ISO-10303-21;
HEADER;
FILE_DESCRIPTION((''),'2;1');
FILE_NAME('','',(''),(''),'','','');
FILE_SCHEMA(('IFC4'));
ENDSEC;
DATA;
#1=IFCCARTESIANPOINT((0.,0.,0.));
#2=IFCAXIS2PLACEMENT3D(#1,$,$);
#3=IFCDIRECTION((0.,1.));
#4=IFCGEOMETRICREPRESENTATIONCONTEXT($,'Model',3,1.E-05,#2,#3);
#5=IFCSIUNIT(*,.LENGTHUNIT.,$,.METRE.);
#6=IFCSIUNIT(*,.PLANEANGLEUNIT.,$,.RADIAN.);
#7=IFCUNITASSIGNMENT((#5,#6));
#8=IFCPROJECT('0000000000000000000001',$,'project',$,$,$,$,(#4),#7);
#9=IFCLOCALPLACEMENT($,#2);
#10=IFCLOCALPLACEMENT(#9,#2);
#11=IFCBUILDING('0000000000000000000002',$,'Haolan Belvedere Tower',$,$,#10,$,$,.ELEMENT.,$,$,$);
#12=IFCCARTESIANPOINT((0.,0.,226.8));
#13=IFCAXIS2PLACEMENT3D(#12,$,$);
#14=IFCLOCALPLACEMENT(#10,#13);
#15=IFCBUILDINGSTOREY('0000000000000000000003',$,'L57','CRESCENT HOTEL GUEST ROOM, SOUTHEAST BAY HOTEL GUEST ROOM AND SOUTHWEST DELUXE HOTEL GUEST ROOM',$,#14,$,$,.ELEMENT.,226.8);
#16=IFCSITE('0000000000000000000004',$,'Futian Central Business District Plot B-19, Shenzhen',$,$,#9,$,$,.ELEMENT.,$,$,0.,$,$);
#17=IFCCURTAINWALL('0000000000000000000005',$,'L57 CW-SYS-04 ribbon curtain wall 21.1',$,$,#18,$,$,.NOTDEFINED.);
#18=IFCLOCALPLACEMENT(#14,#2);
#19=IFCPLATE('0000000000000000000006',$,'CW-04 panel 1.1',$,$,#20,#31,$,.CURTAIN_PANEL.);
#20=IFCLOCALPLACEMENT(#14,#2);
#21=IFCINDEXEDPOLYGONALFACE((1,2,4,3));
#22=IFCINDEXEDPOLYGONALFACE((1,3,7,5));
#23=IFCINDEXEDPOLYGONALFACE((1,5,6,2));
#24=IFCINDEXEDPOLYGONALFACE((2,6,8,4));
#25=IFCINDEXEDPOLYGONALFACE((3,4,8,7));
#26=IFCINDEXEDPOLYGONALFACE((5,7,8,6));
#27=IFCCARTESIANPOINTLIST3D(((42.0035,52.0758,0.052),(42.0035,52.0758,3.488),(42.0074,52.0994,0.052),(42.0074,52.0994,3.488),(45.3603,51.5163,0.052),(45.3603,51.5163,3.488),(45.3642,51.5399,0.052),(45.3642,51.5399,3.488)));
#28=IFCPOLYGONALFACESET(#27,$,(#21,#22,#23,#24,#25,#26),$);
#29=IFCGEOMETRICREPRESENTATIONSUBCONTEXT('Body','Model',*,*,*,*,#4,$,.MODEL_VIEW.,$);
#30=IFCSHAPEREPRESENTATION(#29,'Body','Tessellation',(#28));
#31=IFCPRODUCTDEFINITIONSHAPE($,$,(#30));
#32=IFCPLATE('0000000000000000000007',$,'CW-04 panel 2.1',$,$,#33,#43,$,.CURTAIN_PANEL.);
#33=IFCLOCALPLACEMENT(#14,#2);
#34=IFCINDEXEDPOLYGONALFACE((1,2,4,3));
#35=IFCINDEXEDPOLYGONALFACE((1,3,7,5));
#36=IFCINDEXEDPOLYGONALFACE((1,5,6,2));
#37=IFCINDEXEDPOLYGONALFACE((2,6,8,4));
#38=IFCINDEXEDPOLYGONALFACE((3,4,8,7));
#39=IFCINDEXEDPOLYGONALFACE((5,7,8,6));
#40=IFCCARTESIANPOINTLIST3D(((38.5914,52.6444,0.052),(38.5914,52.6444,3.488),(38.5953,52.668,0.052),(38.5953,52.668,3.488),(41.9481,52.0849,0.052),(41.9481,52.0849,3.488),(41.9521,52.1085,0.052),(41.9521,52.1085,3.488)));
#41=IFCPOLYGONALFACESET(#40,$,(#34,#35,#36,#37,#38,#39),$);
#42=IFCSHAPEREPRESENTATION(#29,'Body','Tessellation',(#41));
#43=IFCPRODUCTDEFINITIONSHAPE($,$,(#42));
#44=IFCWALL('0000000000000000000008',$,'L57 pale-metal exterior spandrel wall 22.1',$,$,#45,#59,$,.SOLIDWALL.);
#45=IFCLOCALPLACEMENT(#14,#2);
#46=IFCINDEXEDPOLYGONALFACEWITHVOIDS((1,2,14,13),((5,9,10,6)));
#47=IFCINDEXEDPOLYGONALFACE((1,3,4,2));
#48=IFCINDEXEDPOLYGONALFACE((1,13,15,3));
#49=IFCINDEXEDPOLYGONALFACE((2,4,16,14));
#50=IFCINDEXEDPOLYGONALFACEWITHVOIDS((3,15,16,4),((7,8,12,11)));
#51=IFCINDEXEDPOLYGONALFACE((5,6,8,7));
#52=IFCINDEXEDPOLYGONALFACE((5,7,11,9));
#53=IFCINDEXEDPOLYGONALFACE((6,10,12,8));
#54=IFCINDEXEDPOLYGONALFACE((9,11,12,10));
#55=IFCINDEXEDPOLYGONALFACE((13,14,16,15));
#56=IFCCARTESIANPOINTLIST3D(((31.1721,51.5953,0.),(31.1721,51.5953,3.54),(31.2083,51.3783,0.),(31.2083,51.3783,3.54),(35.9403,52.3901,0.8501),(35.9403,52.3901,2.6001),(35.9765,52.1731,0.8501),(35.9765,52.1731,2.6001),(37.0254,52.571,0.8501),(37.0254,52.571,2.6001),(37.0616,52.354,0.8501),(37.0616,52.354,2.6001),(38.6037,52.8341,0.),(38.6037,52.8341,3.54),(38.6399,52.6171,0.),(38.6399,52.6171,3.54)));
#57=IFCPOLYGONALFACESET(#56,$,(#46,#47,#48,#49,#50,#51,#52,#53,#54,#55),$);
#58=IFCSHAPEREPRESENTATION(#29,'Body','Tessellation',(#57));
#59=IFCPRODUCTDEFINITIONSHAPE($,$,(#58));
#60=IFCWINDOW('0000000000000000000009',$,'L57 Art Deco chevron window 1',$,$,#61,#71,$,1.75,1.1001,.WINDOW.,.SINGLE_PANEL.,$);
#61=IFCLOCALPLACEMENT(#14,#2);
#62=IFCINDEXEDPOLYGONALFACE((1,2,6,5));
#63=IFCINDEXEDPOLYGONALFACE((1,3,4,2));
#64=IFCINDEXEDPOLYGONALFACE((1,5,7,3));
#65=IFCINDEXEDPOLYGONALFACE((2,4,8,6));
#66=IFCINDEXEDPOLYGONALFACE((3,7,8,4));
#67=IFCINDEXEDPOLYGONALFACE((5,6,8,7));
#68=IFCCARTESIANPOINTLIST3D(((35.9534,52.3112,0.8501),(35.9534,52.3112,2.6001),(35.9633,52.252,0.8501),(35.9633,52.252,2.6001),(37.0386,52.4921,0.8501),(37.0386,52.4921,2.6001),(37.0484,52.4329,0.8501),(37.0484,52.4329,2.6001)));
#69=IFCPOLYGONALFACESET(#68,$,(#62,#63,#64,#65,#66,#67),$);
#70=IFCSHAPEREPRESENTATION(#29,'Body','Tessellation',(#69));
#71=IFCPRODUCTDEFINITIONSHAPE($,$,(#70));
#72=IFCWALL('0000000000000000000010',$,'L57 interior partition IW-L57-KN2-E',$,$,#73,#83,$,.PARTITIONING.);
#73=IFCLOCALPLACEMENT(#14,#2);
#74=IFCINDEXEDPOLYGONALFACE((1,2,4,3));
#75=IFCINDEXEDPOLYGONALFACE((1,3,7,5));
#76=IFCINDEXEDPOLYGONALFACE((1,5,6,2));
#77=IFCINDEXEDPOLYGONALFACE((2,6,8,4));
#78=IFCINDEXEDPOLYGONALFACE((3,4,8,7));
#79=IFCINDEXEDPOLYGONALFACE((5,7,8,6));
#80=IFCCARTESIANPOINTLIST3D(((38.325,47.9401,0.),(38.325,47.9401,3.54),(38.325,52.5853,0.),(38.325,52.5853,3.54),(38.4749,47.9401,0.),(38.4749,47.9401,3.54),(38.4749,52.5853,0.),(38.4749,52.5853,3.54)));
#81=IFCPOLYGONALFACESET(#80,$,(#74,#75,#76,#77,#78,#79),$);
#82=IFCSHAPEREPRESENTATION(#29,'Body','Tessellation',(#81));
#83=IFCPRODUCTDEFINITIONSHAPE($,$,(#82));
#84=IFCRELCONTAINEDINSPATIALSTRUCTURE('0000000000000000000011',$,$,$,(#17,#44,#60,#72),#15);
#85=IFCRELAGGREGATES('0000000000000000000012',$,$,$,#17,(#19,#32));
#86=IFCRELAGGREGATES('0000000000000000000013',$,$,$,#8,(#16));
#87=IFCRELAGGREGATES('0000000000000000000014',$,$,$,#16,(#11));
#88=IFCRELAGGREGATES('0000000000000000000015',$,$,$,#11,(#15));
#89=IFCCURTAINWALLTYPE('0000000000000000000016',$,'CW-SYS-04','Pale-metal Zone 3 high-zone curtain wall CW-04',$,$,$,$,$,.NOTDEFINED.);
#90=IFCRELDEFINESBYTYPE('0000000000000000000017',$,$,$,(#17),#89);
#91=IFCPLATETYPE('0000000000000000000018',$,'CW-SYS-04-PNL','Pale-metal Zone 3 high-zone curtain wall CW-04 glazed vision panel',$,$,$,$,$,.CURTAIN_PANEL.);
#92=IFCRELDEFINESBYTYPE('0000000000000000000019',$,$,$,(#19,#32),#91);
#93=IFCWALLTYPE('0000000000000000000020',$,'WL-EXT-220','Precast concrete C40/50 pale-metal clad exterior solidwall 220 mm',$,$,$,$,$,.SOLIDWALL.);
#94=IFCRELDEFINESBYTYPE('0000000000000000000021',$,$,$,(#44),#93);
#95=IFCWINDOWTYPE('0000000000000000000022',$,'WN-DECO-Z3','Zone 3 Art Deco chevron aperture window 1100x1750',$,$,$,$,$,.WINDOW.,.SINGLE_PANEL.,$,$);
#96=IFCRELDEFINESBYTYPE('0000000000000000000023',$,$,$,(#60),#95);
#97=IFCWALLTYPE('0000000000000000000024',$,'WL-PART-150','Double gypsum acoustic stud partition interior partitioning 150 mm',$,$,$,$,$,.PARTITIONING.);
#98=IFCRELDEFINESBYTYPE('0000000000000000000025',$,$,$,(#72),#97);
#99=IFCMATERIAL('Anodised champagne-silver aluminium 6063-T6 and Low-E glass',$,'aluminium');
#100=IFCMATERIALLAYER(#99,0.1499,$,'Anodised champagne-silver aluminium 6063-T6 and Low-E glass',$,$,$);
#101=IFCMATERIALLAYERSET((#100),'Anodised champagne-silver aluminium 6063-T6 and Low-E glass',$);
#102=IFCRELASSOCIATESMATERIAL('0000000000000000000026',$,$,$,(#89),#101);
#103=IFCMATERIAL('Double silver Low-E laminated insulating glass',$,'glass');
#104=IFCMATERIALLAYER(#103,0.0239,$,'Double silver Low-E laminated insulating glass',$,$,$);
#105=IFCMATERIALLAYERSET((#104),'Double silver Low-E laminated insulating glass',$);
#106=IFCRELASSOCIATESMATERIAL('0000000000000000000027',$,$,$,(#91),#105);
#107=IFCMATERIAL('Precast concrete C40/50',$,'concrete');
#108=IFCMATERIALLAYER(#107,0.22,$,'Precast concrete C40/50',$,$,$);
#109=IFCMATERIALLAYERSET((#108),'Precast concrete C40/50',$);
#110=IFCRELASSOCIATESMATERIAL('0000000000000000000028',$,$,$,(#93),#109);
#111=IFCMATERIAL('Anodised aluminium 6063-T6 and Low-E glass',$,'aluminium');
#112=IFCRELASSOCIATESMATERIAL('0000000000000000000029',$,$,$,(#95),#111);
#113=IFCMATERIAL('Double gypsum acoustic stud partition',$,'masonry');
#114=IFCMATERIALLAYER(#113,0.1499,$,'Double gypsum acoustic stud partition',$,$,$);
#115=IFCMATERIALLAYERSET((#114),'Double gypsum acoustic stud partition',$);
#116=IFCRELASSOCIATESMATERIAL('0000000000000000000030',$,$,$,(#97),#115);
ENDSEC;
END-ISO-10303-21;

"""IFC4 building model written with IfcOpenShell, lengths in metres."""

from ifc_helpers import new_model, si_unit, direction, frame, frame_2d, origin, origin_2d, place, context, subcontext, project, spatial, rectangle, extrude, material, layer, layer_set, type_object, element, fill, aggregate, save


model = new_model("IFC4")

# Units and contexts
model_context = context("Model", 3, precision=1e-05, world=origin(), true_north=direction((0.0, 1.0)))
body_context = subcontext(model_context, "Body", "Model", "MODEL_VIEW")
ifc_project = project(units=[si_unit("LENGTHUNIT", "METRE"), si_unit("PLANEANGLEUNIT", "RADIAN")], contexts=[model_context])

# Site, building, storey
site_placement = place(None, origin())
site = spatial("IfcSite", under=ifc_project, at=site_placement, Name="Futian Central Business District Plot B-19, Shenzhen", CompositionType="ELEMENT", RefElevation=0.0)
building_placement = place(site_placement, origin())
building = spatial("IfcBuilding", under=site, at=building_placement, Name="Haolan Belvedere Tower", CompositionType="ELEMENT")
storey_placement = place(building_placement, frame((0.0, 0.0, 226.8)))
storey = spatial("IfcBuildingStorey", under=building, at=storey_placement, Name="L57", Description="CRESCENT HOTEL GUEST ROOM, SOUTHEAST BAY HOTEL GUEST ROOM AND SOUTHWEST DELUXE HOTEL GUEST ROOM", CompositionType="ELEMENT", Elevation=226.8)

# Curtain wall
ifc_material_1 = material(Name="Anodised champagne-silver aluminium 6063-T6 and Low-E glass", Category="aluminium")
ifc_layer_1 = layer(ifc_material_1, 0.1499, Name="Anodised champagne-silver aluminium 6063-T6 and Low-E glass")
ifc_layer_set_1 = layer_set([ifc_layer_1], Name="Anodised champagne-silver aluminium 6063-T6 and Low-E glass")
curtain_wall_type = type_object("IfcCurtainWallType", Name="CW-SYS-04", Description="Pale-metal Zone 3 high-zone curtain wall CW-04", PredefinedType="NOTDEFINED", material=ifc_layer_set_1)
curtain_wall_1_placement = place(storey_placement, origin())
curtain_wall_1 = element("IfcCurtainWall", 1, at=curtain_wall_1_placement, inside=storey, type_object=curtain_wall_type, Name="L57 CW-SYS-04 ribbon curtain wall 21.1", PredefinedType="NOTDEFINED")

# Plates
ifc_material_2 = material(Name="Double silver Low-E laminated insulating glass", Category="glass")
ifc_layer_2 = layer(ifc_material_2, 0.0239, Name="Double silver Low-E laminated insulating glass")
ifc_layer_set_2 = layer_set([ifc_layer_2], Name="Double silver Low-E laminated insulating glass")
plate_type = type_object("IfcPlateType", Name="CW-SYS-04-PNL", Description="Pale-metal Zone 3 high-zone curtain wall CW-04 glazed vision panel", PredefinedType="CURTAIN_PANEL", material=ifc_layer_set_2)
plate_1_placement = place(storey_placement, frame((43.6838, 51.8079, 0.052), z_axis=(0.0, 0.0, 1.0), x_axis=(-0.986393, 0.164406, 0.0)))
plate_1 = element("IfcPlate", 2, at=plate_1_placement, type_object=plate_type, Name="CW-04 panel 1.1", PredefinedType="CURTAIN_PANEL", context=body_context, shape_type="SweptSolid", body=[
    extrude(rectangle(XDim=3.4031, YDim=0.0239, at=origin_2d()), origin(), (0.0, 0.0, 1.0), 3.436),
])
plate_2_placement = place(storey_placement, frame((40.2717, 52.3765, 0.052), z_axis=(0.0, 0.0, 1.0), x_axis=(-0.986393, 0.164406, 0.0)))
plate_2 = element("IfcPlate", 3, at=plate_2_placement, type_object=plate_type, Name="CW-04 panel 2.1", PredefinedType="CURTAIN_PANEL", context=body_context, shape_type="SweptSolid", body=[
    extrude(rectangle(XDim=3.4031, YDim=0.0239, at=origin_2d()), origin(), (0.0, 0.0, 1.0), 3.436),
])
aggregate(curtain_wall_1, [plate_1, plate_2])

# Wall, opening, window
ifc_material_3 = material(Name="Precast concrete C40/50", Category="concrete")
ifc_layer_3 = layer(ifc_material_3, 0.22, Name="Precast concrete C40/50")
ifc_layer_set_3 = layer_set([ifc_layer_3], Name="Precast concrete C40/50")
wall_type_1 = type_object("IfcWallType", Name="WL-EXT-220", Description="Precast concrete C40/50 pale-metal clad exterior solidwall 220 mm", PredefinedType="SOLIDWALL", material=ifc_layer_set_3)
wall_1_placement = place(storey_placement, frame((38.6218, 52.7256, 0.0), z_axis=(0.0, 0.0, 1.0), x_axis=(-0.98639, -0.16442, 0.0)))
wall_1 = element("IfcWall", 4, at=wall_1_placement, inside=storey, type_object=wall_type_1, Name="L57 pale-metal exterior spandrel wall 22.1", PredefinedType="SOLIDWALL", context=body_context, shape_type="SweptSolid", body=[
    extrude(rectangle(XDim=7.5342, YDim=0.22, at=frame_2d((3.7671, 0.0))), origin(), (0.0, 0.0, 1.0), 3.54),
])
opening_placement = place(wall_1_placement, frame((1.6001, 0.0, 0.8501)))
opening = element("IfcOpeningElement", 5, at=opening_placement, cuts=wall_1, PredefinedType="OPENING", context=body_context, shape_type="SweptSolid", body=[
    extrude(rectangle(XDim=1.1001, YDim=1.75, at=frame_2d((0.55, 0.875))), frame((0.0, 0.1199, 0.0), z_axis=(0.0, -1.0, 0.0), x_axis=(1.0, 0.0, 0.0)), (0.0, 0.0, 1.0), 0.24),
])
ifc_material_4 = material(Name="Anodised aluminium 6063-T6 and Low-E glass", Category="aluminium")
window_type = type_object("IfcWindowType", Name="WN-DECO-Z3", Description="Zone 3 Art Deco chevron aperture window 1100x1750", PartitioningType="SINGLE_PANEL", PredefinedType="WINDOW", material=ifc_material_4)
window_placement = place(opening_placement, origin())
window = element("IfcWindow", 6, at=window_placement, inside=storey, type_object=window_type, Name="L57 Art Deco chevron window 1", OverallHeight=1.75, OverallWidth=1.1001, PartitioningType="SINGLE_PANEL", PredefinedType="WINDOW", context=body_context, shape_type="SweptSolid", body=[
    extrude(rectangle(XDim=1.1001, YDim=1.75, at=frame_2d((0.55, 0.875))), frame((0.0, 0.03, 0.0), z_axis=(0.0, -1.0, 0.0), x_axis=(1.0, 0.0, 0.0)), (0.0, 0.0, 1.0), 0.0601),
])
fill(opening, window)

# Wall
ifc_material_5 = material(Name="Double gypsum acoustic stud partition", Category="masonry")
ifc_layer_4 = layer(ifc_material_5, 0.1499, Name="Double gypsum acoustic stud partition")
ifc_layer_set_4 = layer_set([ifc_layer_4], Name="Double gypsum acoustic stud partition")
wall_type_2 = type_object("IfcWallType", Name="WL-PART-150", Description="Double gypsum acoustic stud partition interior partitioning 150 mm", PredefinedType="PARTITIONING", material=ifc_layer_set_4)
wall_2_placement = place(storey_placement, frame((38.3999, 47.9399, 0.0), z_axis=(0.0, 0.0, 1.0), x_axis=(0.0, 1.0, 0.0)))
element("IfcWall", 7, at=wall_2_placement, inside=storey, type_object=wall_type_2, Name="L57 interior partition IW-L57-KN2-E", PredefinedType="PARTITIONING", context=body_context, shape_type="SweptSolid", body=[
    extrude(rectangle(XDim=4.6453, YDim=0.1499, at=frame_2d((2.3228, 0.0))), origin(), (0.0, 0.0, 1.0), 3.54),
])

save(model, "model.ifc")
